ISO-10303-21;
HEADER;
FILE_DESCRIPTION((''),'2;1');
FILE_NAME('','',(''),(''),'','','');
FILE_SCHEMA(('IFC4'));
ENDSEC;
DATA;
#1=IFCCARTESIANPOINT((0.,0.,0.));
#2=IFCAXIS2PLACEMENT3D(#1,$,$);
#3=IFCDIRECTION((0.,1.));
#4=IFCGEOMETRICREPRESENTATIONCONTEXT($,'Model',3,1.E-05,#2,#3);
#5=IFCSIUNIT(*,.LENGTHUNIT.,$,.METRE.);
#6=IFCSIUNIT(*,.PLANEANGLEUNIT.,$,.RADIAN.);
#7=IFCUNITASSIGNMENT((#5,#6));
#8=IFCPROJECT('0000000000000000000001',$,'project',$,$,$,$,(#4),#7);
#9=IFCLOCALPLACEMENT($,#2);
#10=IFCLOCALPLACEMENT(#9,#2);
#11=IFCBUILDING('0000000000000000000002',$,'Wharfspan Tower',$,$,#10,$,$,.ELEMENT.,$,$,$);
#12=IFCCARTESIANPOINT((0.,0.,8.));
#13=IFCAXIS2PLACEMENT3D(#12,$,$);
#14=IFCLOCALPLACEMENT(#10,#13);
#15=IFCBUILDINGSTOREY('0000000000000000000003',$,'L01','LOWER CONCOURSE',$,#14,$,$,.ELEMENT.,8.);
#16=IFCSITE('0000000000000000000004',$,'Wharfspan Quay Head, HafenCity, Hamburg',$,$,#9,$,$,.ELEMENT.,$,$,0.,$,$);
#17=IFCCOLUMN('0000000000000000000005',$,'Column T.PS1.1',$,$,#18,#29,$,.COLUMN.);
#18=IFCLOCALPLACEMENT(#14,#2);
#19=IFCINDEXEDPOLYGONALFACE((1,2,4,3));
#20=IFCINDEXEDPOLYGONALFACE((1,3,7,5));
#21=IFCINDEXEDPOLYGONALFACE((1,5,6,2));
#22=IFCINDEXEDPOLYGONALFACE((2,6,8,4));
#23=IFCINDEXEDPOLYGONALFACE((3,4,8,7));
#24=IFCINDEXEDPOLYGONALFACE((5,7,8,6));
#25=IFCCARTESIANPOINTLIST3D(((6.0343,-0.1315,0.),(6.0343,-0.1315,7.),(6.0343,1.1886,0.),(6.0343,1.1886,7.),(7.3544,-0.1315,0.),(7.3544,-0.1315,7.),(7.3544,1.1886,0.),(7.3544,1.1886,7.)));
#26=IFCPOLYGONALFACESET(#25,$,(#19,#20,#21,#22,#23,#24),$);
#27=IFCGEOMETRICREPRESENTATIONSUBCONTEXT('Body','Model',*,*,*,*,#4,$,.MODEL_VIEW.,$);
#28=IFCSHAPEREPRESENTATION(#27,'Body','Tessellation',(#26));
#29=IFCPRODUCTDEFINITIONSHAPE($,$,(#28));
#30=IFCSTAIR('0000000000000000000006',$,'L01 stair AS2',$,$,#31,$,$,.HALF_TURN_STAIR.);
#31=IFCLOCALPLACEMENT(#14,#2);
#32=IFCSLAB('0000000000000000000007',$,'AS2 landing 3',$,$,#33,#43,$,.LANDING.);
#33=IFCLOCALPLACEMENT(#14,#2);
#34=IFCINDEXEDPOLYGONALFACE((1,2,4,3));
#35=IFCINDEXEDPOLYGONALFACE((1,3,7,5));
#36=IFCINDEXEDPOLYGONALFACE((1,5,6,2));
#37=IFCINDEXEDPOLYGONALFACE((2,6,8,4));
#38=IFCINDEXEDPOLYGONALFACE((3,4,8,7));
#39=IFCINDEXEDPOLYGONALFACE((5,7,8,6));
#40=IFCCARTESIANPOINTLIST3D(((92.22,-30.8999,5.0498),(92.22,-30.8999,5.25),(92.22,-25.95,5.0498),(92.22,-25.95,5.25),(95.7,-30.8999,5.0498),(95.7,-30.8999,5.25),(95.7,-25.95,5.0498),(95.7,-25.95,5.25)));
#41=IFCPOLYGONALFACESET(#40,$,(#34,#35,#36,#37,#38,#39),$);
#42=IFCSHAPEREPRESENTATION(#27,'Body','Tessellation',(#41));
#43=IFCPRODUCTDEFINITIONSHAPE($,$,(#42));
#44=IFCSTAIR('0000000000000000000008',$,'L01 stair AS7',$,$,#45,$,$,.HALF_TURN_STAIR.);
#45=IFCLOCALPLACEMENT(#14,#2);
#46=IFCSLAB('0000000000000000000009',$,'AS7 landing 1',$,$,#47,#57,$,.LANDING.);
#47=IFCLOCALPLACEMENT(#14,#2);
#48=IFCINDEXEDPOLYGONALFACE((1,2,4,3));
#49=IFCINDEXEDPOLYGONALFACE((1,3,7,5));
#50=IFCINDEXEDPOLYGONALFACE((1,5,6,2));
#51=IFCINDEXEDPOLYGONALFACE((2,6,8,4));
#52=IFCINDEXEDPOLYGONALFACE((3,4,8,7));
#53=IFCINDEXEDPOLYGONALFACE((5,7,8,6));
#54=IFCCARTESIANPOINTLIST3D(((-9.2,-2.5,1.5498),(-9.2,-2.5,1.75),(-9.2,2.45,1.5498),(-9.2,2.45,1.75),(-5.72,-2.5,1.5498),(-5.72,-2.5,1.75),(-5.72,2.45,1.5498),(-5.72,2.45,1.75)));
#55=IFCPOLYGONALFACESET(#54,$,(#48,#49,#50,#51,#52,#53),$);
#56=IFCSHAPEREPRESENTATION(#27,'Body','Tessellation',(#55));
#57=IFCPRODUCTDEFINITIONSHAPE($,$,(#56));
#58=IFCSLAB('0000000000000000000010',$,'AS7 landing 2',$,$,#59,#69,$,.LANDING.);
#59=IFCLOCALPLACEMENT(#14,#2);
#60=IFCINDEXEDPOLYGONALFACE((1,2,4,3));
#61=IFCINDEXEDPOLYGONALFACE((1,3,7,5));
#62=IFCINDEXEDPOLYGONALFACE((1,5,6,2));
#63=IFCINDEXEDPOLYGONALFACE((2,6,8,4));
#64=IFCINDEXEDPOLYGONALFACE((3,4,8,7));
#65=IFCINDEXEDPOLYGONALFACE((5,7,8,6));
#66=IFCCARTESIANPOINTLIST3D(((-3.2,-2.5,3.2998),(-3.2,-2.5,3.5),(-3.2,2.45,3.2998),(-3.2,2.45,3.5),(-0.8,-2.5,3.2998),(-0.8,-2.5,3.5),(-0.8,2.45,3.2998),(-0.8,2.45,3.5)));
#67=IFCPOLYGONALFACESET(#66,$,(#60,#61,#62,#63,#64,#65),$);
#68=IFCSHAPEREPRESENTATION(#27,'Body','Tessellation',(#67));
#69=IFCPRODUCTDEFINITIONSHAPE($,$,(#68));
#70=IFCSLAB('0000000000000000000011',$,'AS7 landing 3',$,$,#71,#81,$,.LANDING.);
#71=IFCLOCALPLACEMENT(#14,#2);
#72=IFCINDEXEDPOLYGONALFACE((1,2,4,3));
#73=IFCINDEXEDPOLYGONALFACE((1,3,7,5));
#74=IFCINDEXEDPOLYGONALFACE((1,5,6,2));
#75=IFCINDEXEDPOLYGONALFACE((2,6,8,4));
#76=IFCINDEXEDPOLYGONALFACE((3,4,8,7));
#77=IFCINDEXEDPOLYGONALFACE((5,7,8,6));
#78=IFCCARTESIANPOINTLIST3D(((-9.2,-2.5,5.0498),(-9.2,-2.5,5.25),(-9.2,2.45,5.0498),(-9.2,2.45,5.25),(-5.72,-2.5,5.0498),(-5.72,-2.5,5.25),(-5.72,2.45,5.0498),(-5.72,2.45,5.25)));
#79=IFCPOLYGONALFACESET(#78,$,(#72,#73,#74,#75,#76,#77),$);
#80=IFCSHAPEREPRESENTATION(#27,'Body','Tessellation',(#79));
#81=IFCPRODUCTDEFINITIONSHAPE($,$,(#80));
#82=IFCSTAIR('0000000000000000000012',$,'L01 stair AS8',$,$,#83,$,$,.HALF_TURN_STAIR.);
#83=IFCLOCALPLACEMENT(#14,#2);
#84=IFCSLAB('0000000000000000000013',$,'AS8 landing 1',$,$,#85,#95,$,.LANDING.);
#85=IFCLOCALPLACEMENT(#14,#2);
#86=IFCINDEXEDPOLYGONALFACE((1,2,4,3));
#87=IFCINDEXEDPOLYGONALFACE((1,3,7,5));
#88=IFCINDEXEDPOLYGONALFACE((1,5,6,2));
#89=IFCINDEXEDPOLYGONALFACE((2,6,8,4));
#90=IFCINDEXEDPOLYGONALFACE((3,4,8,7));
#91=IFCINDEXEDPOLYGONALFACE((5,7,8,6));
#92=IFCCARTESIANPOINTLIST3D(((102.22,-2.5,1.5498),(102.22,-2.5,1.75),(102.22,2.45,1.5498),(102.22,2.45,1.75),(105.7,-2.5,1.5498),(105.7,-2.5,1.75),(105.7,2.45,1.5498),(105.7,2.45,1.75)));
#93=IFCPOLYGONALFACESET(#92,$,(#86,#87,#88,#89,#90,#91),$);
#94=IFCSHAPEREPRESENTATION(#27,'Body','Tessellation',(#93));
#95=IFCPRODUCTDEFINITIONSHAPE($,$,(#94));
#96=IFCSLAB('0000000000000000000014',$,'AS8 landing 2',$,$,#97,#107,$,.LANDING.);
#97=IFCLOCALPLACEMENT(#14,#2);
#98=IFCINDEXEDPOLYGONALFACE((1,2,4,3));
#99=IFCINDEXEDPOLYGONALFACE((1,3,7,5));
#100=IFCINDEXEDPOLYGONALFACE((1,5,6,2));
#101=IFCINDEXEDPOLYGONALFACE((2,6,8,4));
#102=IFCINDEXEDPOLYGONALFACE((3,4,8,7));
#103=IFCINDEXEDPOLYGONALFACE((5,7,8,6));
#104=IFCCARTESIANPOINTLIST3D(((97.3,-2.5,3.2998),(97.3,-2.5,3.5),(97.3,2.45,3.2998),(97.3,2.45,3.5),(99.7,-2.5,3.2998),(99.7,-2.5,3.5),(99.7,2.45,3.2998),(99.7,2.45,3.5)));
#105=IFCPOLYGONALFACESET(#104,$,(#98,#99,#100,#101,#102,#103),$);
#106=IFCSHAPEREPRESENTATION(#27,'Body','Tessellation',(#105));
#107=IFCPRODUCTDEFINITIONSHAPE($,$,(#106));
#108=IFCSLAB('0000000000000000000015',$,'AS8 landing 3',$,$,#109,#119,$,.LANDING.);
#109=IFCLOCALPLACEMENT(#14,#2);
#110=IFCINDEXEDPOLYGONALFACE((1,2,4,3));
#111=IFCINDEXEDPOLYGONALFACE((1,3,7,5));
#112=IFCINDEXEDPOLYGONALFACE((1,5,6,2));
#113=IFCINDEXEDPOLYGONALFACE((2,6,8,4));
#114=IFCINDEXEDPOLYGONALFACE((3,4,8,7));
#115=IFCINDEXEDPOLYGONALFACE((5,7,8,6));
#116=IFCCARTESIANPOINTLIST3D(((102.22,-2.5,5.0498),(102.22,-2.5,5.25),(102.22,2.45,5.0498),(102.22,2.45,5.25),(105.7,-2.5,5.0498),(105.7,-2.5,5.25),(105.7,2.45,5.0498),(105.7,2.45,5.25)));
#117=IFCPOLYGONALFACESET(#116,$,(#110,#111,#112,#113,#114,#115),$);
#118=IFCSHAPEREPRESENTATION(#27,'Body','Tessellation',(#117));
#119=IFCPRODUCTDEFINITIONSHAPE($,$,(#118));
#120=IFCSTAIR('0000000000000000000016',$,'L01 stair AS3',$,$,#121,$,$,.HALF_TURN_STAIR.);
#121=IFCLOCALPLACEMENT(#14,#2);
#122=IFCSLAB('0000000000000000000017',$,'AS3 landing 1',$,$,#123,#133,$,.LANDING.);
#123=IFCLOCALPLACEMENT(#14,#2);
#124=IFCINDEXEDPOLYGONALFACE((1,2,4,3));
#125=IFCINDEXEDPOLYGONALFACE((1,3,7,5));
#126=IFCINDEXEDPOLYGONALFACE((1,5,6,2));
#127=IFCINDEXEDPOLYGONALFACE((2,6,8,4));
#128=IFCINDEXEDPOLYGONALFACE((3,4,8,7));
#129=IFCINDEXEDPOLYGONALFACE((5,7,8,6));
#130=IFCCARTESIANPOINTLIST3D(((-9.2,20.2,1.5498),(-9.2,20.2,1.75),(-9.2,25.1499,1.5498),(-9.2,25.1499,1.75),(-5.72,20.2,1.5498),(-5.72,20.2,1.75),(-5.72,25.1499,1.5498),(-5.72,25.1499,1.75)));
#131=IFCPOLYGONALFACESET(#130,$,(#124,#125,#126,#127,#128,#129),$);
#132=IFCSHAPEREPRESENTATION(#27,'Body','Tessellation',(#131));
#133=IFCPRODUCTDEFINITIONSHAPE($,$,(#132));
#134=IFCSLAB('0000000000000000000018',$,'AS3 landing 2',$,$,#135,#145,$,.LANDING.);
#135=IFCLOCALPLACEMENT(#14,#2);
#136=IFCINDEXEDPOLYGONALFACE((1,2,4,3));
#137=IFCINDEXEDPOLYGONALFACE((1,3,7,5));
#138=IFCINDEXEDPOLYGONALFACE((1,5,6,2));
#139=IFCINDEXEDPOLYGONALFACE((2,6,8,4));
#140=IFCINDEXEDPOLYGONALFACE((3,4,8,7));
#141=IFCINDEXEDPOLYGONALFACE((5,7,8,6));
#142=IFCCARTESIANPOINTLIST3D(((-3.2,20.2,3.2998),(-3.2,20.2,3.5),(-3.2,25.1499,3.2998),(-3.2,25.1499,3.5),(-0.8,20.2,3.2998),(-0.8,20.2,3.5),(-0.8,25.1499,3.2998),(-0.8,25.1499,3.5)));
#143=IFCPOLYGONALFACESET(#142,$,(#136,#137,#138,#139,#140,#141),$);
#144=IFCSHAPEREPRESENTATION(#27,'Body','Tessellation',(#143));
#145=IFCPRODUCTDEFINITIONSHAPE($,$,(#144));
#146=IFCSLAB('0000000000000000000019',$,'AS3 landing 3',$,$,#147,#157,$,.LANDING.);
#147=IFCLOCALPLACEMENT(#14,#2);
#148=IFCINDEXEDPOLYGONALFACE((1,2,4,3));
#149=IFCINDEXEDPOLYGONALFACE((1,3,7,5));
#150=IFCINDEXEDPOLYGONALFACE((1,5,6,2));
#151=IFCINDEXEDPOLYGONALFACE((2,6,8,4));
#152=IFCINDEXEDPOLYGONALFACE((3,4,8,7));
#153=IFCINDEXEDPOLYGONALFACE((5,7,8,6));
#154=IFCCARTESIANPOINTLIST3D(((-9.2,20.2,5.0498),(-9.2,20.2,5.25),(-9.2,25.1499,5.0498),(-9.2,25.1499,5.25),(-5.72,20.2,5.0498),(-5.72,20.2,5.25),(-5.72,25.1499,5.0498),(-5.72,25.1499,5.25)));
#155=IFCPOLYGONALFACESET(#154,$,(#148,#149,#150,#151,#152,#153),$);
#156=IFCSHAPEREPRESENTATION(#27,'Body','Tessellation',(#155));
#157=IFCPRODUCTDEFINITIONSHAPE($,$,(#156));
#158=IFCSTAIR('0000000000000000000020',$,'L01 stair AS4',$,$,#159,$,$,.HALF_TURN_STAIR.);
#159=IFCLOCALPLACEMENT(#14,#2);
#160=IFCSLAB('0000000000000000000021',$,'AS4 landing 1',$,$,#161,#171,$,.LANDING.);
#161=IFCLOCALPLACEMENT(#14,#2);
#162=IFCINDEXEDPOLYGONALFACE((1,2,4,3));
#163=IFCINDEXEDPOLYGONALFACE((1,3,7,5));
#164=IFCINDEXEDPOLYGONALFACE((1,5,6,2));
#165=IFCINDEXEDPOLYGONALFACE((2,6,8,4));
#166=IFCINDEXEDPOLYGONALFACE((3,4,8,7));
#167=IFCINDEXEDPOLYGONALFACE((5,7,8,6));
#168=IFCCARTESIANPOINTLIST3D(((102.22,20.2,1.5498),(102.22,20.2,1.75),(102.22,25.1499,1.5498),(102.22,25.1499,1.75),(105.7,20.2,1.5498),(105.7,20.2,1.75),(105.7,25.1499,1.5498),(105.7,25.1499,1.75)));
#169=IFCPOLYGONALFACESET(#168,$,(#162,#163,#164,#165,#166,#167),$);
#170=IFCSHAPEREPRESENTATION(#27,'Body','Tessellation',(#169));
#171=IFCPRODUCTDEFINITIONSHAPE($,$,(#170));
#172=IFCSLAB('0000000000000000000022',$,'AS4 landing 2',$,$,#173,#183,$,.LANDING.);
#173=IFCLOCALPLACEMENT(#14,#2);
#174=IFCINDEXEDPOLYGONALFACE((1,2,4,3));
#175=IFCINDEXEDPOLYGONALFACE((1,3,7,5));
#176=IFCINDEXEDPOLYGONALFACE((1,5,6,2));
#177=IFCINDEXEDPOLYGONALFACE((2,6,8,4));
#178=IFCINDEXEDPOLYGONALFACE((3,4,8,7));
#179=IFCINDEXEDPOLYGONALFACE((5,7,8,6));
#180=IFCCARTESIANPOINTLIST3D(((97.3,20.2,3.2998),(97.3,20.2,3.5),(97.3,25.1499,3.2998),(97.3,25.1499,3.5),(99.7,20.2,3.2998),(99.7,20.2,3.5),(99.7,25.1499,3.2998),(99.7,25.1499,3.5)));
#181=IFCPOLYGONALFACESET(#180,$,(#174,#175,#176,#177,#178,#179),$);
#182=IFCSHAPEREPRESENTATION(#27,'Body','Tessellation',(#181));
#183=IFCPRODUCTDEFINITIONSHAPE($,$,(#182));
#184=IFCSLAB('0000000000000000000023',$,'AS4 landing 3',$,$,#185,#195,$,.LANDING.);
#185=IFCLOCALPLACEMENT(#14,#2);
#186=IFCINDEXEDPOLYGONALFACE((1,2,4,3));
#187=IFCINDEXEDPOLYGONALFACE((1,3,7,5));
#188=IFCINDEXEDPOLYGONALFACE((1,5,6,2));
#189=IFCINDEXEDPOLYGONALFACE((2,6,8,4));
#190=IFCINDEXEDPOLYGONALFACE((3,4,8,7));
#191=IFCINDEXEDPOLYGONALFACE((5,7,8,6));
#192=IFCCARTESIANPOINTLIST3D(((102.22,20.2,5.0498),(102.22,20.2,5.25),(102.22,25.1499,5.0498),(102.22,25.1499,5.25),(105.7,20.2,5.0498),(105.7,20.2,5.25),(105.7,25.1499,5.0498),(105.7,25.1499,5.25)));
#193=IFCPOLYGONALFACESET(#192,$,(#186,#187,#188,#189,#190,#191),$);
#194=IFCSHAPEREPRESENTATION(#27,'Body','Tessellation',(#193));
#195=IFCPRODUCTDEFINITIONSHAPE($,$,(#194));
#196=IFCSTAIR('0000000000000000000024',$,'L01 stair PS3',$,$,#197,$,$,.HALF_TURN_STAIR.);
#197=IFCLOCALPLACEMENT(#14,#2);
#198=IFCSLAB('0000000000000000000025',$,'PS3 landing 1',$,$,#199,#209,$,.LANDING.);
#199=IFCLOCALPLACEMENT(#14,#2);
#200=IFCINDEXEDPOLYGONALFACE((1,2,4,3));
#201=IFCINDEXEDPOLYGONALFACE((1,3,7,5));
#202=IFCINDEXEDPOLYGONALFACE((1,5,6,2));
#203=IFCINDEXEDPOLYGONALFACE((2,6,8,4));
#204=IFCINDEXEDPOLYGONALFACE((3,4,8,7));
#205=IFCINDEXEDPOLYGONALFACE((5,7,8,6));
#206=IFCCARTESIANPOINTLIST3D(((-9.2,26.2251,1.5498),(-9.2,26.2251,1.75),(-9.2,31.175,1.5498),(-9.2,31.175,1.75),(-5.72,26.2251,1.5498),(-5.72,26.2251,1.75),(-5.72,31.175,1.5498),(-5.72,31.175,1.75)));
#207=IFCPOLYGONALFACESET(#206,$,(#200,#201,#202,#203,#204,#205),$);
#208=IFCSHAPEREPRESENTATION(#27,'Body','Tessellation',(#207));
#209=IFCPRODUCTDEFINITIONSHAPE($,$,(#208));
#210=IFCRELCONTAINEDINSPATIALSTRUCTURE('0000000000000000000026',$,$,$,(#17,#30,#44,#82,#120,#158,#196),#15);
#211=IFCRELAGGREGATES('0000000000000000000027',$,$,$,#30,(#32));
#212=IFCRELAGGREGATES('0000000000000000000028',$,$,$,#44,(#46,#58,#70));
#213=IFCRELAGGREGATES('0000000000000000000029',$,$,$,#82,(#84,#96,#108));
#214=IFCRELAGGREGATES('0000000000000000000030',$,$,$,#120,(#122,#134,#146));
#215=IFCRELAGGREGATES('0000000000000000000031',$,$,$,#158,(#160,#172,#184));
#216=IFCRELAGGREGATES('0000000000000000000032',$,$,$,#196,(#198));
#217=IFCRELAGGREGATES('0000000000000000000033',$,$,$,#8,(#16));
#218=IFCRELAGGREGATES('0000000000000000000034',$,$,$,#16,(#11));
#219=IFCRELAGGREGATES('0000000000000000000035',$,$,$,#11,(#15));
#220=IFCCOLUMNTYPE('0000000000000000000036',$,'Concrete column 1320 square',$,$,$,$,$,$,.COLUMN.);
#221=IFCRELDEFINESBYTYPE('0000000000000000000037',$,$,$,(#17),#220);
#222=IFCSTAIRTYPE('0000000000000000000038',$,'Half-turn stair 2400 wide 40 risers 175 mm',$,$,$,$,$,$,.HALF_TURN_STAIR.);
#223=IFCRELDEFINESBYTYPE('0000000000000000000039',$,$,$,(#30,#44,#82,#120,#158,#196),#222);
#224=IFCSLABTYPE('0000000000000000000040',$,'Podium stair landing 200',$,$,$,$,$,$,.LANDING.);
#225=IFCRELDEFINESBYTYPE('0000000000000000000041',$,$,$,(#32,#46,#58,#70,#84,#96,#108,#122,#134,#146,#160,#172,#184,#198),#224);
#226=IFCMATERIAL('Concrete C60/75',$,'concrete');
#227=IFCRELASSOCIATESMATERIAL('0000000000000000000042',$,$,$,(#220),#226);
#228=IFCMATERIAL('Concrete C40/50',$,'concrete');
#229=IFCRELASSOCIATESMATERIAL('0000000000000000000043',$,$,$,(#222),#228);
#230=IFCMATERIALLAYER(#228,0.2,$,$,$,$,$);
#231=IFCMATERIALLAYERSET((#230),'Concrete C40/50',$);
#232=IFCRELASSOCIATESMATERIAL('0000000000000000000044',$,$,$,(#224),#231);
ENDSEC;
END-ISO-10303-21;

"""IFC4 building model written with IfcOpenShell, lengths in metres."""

from ifc_helpers import new_model, si_unit, direction, frame, origin, origin_2d, place, context, subcontext, project, spatial, polyline, rectangle, outline, extrude, material, layer, layer_set, material_profile, profile_set, type_object, element, aggregate, save


model = new_model("IFC4")

# Units and contexts
model_context = context("Model", 3, precision=1e-05, world=origin(), true_north=direction((0.0, 1.0)))
body_context = subcontext(model_context, "Body", "Model", "MODEL_VIEW")
ifc_project = project(units=[si_unit("LENGTHUNIT", "METRE"), si_unit("PLANEANGLEUNIT", "RADIAN")], contexts=[model_context])

# Site, building, storey
site_placement = place(None, origin())
site = spatial("IfcSite", under=ifc_project, at=site_placement, Name="Wharfspan Quay Head, HafenCity, Hamburg", CompositionType="ELEMENT", RefElevation=0.0)
building_placement = place(site_placement, origin())
building = spatial("IfcBuilding", under=site, at=building_placement, Name="Wharfspan Tower", CompositionType="ELEMENT")
storey_placement = place(building_placement, frame((0.0, 0.0, 8.0)))
storey = spatial("IfcBuildingStorey", under=building, at=storey_placement, Name="L01", Description="LOWER CONCOURSE", CompositionType="ELEMENT", Elevation=8.0)

# Column
ifc_material_1 = material(Name="Concrete C60/75", Category="concrete")
ifc_material_profile = material_profile(ifc_material_1, rectangle(XDim=1.3201, YDim=1.3201, at=origin_2d()))
ifc_profile_set = profile_set([ifc_material_profile], Name="Concrete C60/75")
column_type = type_object("IfcColumnType", Name="Concrete column 1320 square", PredefinedType="COLUMN", material=ifc_profile_set)
column_placement = place(storey_placement, frame((6.6943, 0.5286, 0.0), z_axis=(0.0, 0.0, 1.0), x_axis=(1.0, 0.0, 0.0)))
element("IfcColumn", 1, at=column_placement, inside=storey, type_object=column_type, Name="Column T.PS1.1", PredefinedType="COLUMN", context=body_context, shape_type="SweptSolid", body=[
    extrude(rectangle(XDim=1.3201, YDim=1.3201, at=origin_2d()), origin(), (0.0, 0.0, 1.0), 7.0),
])

# Stair, slab
ifc_material_2 = material(Name="Concrete C40/50", Category="concrete")
stair_type = type_object("IfcStairType", Name="Half-turn stair 2400 wide 40 risers 175 mm", PredefinedType="HALF_TURN_STAIR", material=ifc_material_2)
stair_1_placement = place(storey_placement, origin())
stair_1 = element("IfcStair", 2, at=stair_1_placement, inside=storey, type_object=stair_type, Name="L01 stair AS2", PredefinedType="HALF_TURN_STAIR")
ifc_layer = layer(ifc_material_2, 0.2)
ifc_layer_set = layer_set([ifc_layer], Name="Concrete C40/50")
slab_type = type_object("IfcSlabType", Name="Podium stair landing 200", PredefinedType="LANDING", material=ifc_layer_set)
slab_1_placement = place(storey_placement, frame((0.0, 0.0, 5.0498)))
slab_1 = element("IfcSlab", 3, at=slab_1_placement, type_object=slab_type, Name="AS2 landing 3", PredefinedType="LANDING", context=body_context, shape_type="SweptSolid", body=[
    extrude(outline(polyline([(92.22, -30.8999), (95.7, -30.8999), (95.7, -25.95), (92.22, -25.95), (92.22, -30.8999)])), origin(), (0.0, 0.0, 1.0), 0.2002),
])
aggregate(stair_1, [slab_1])

# Stairs, slabs
stair_2_placement = place(storey_placement, origin())
stair_2 = element("IfcStair", 4, at=stair_2_placement, inside=storey, type_object=stair_type, Name="L01 stair AS7", PredefinedType="HALF_TURN_STAIR")
slab_2_placement = place(storey_placement, frame((0.0, 0.0, 1.5498)))
slab_2 = element("IfcSlab", 5, at=slab_2_placement, type_object=slab_type, Name="AS7 landing 1", PredefinedType="LANDING", context=body_context, shape_type="SweptSolid", body=[
    extrude(outline(polyline([(-5.72, 2.45), (-9.2, 2.45), (-9.2, -2.5), (-5.72, -2.5), (-5.72, 2.45)])), origin(), (0.0, 0.0, 1.0), 0.2002),
])
slab_3_placement = place(storey_placement, frame((0.0, 0.0, 3.2998)))
slab_3 = element("IfcSlab", 6, at=slab_3_placement, type_object=slab_type, Name="AS7 landing 2", PredefinedType="LANDING", context=body_context, shape_type="SweptSolid", body=[
    extrude(outline(polyline([(-0.8, 2.45), (-3.2, 2.45), (-3.2, -2.5), (-0.8, -2.5), (-0.8, 2.45)])), origin(), (0.0, 0.0, 1.0), 0.2002),
])
slab_4_placement = place(storey_placement, frame((0.0, 0.0, 5.0498)))
slab_4 = element("IfcSlab", 7, at=slab_4_placement, type_object=slab_type, Name="AS7 landing 3", PredefinedType="LANDING", context=body_context, shape_type="SweptSolid", body=[
    extrude(outline(polyline([(-5.72, 2.45), (-9.2, 2.45), (-9.2, -2.5), (-5.72, -2.5), (-5.72, 2.45)])), origin(), (0.0, 0.0, 1.0), 0.2002),
])
aggregate(stair_2, [slab_2, slab_3, slab_4])
stair_3_placement = place(storey_placement, origin())
stair_3 = element("IfcStair", 8, at=stair_3_placement, inside=storey, type_object=stair_type, Name="L01 stair AS8", PredefinedType="HALF_TURN_STAIR")
slab_5_placement = place(storey_placement, frame((0.0, 0.0, 1.5498)))
slab_5 = element("IfcSlab", 9, at=slab_5_placement, type_object=slab_type, Name="AS8 landing 1", PredefinedType="LANDING", context=body_context, shape_type="SweptSolid", body=[
    extrude(outline(polyline([(102.22, -2.5), (105.7, -2.5), (105.7, 2.45), (102.22, 2.45), (102.22, -2.5)])), origin(), (0.0, 0.0, 1.0), 0.2002),
])
slab_6_placement = place(storey_placement, frame((0.0, 0.0, 3.2998)))
slab_6 = element("IfcSlab", 10, at=slab_6_placement, type_object=slab_type, Name="AS8 landing 2", PredefinedType="LANDING", context=body_context, shape_type="SweptSolid", body=[
    extrude(outline(polyline([(97.3, -2.5), (99.7, -2.5), (99.7, 2.45), (97.3, 2.45), (97.3, -2.5)])), origin(), (0.0, 0.0, 1.0), 0.2002),
])
slab_7_placement = place(storey_placement, frame((0.0, 0.0, 5.0498)))
slab_7 = element("IfcSlab", 11, at=slab_7_placement, type_object=slab_type, Name="AS8 landing 3", PredefinedType="LANDING", context=body_context, shape_type="SweptSolid", body=[
    extrude(outline(polyline([(102.22, -2.5), (105.7, -2.5), (105.7, 2.45), (102.22, 2.45), (102.22, -2.5)])), origin(), (0.0, 0.0, 1.0), 0.2002),
])
aggregate(stair_3, [slab_5, slab_6, slab_7])
stair_4_placement = place(storey_placement, origin())
stair_4 = element("IfcStair", 12, at=stair_4_placement, inside=storey, type_object=stair_type, Name="L01 stair AS3", PredefinedType="HALF_TURN_STAIR")
slab_8_placement = place(storey_placement, frame((0.0, 0.0, 1.5498)))
slab_8 = element("IfcSlab", 13, at=slab_8_placement, type_object=slab_type, Name="AS3 landing 1", PredefinedType="LANDING", context=body_context, shape_type="SweptSolid", body=[
    extrude(outline(polyline([(-5.72, 25.1499), (-9.2, 25.1499), (-9.2, 20.2), (-5.72, 20.2), (-5.72, 25.1499)])), origin(), (0.0, 0.0, 1.0), 0.2002),
])
slab_9_placement = place(storey_placement, frame((0.0, 0.0, 3.2998)))
slab_9 = element("IfcSlab", 14, at=slab_9_placement, type_object=slab_type, Name="AS3 landing 2", PredefinedType="LANDING", context=body_context, shape_type="SweptSolid", body=[
    extrude(outline(polyline([(-0.8, 25.1499), (-3.2, 25.1499), (-3.2, 20.2), (-0.8, 20.2), (-0.8, 25.1499)])), origin(), (0.0, 0.0, 1.0), 0.2002),
])
slab_10_placement = place(storey_placement, frame((0.0, 0.0, 5.0498)))
slab_10 = element("IfcSlab", 15, at=slab_10_placement, type_object=slab_type, Name="AS3 landing 3", PredefinedType="LANDING", context=body_context, shape_type="SweptSolid", body=[
    extrude(outline(polyline([(-5.72, 25.1499), (-9.2, 25.1499), (-9.2, 20.2), (-5.72, 20.2), (-5.72, 25.1499)])), origin(), (0.0, 0.0, 1.0), 0.2002),
])
aggregate(stair_4, [slab_8, slab_9, slab_10])
stair_5_placement = place(storey_placement, origin())
stair_5 = element("IfcStair", 16, at=stair_5_placement, inside=storey, type_object=stair_type, Name="L01 stair AS4", PredefinedType="HALF_TURN_STAIR")
slab_11_placement = place(storey_placement, frame((0.0, 0.0, 1.5498)))
slab_11 = element("IfcSlab", 17, at=slab_11_placement, type_object=slab_type, Name="AS4 landing 1", PredefinedType="LANDING", context=body_context, shape_type="SweptSolid", body=[
    extrude(outline(polyline([(102.22, 20.2), (105.7, 20.2), (105.7, 25.1499), (102.22, 25.1499), (102.22, 20.2)])), origin(), (0.0, 0.0, 1.0), 0.2002),
])
slab_12_placement = place(storey_placement, frame((0.0, 0.0, 3.2998)))
slab_12 = element("IfcSlab", 18, at=slab_12_placement, type_object=slab_type, Name="AS4 landing 2", PredefinedType="LANDING", context=body_context, shape_type="SweptSolid", body=[
    extrude(outline(polyline([(97.3, 20.2), (99.7, 20.2), (99.7, 25.1499), (97.3, 25.1499), (97.3, 20.2)])), origin(), (0.0, 0.0, 1.0), 0.2002),
])
slab_13_placement = place(storey_placement, frame((0.0, 0.0, 5.0498)))
slab_13 = element("IfcSlab", 19, at=slab_13_placement, type_object=slab_type, Name="AS4 landing 3", PredefinedType="LANDING", context=body_context, shape_type="SweptSolid", body=[
    extrude(outline(polyline([(102.22, 20.2), (105.7, 20.2), (105.7, 25.1499), (102.22, 25.1499), (102.22, 20.2)])), origin(), (0.0, 0.0, 1.0), 0.2002),
])
aggregate(stair_5, [slab_11, slab_12, slab_13])
stair_6_placement = place(storey_placement, origin())
stair_6 = element("IfcStair", 20, at=stair_6_placement, inside=storey, type_object=stair_type, Name="L01 stair PS3", PredefinedType="HALF_TURN_STAIR")
slab_14_placement = place(storey_placement, frame((0.0, 0.0, 1.5498)))
slab_14 = element("IfcSlab", 21, at=slab_14_placement, type_object=slab_type, Name="PS3 landing 1", PredefinedType="LANDING", context=body_context, shape_type="SweptSolid", body=[
    extrude(outline(polyline([(-5.72, 31.175), (-9.2, 31.175), (-9.2, 26.2251), (-5.72, 26.2251), (-5.72, 31.175)])), origin(), (0.0, 0.0, 1.0), 0.2002),
])
aggregate(stair_6, [slab_14])

save(model, "model.ifc")
